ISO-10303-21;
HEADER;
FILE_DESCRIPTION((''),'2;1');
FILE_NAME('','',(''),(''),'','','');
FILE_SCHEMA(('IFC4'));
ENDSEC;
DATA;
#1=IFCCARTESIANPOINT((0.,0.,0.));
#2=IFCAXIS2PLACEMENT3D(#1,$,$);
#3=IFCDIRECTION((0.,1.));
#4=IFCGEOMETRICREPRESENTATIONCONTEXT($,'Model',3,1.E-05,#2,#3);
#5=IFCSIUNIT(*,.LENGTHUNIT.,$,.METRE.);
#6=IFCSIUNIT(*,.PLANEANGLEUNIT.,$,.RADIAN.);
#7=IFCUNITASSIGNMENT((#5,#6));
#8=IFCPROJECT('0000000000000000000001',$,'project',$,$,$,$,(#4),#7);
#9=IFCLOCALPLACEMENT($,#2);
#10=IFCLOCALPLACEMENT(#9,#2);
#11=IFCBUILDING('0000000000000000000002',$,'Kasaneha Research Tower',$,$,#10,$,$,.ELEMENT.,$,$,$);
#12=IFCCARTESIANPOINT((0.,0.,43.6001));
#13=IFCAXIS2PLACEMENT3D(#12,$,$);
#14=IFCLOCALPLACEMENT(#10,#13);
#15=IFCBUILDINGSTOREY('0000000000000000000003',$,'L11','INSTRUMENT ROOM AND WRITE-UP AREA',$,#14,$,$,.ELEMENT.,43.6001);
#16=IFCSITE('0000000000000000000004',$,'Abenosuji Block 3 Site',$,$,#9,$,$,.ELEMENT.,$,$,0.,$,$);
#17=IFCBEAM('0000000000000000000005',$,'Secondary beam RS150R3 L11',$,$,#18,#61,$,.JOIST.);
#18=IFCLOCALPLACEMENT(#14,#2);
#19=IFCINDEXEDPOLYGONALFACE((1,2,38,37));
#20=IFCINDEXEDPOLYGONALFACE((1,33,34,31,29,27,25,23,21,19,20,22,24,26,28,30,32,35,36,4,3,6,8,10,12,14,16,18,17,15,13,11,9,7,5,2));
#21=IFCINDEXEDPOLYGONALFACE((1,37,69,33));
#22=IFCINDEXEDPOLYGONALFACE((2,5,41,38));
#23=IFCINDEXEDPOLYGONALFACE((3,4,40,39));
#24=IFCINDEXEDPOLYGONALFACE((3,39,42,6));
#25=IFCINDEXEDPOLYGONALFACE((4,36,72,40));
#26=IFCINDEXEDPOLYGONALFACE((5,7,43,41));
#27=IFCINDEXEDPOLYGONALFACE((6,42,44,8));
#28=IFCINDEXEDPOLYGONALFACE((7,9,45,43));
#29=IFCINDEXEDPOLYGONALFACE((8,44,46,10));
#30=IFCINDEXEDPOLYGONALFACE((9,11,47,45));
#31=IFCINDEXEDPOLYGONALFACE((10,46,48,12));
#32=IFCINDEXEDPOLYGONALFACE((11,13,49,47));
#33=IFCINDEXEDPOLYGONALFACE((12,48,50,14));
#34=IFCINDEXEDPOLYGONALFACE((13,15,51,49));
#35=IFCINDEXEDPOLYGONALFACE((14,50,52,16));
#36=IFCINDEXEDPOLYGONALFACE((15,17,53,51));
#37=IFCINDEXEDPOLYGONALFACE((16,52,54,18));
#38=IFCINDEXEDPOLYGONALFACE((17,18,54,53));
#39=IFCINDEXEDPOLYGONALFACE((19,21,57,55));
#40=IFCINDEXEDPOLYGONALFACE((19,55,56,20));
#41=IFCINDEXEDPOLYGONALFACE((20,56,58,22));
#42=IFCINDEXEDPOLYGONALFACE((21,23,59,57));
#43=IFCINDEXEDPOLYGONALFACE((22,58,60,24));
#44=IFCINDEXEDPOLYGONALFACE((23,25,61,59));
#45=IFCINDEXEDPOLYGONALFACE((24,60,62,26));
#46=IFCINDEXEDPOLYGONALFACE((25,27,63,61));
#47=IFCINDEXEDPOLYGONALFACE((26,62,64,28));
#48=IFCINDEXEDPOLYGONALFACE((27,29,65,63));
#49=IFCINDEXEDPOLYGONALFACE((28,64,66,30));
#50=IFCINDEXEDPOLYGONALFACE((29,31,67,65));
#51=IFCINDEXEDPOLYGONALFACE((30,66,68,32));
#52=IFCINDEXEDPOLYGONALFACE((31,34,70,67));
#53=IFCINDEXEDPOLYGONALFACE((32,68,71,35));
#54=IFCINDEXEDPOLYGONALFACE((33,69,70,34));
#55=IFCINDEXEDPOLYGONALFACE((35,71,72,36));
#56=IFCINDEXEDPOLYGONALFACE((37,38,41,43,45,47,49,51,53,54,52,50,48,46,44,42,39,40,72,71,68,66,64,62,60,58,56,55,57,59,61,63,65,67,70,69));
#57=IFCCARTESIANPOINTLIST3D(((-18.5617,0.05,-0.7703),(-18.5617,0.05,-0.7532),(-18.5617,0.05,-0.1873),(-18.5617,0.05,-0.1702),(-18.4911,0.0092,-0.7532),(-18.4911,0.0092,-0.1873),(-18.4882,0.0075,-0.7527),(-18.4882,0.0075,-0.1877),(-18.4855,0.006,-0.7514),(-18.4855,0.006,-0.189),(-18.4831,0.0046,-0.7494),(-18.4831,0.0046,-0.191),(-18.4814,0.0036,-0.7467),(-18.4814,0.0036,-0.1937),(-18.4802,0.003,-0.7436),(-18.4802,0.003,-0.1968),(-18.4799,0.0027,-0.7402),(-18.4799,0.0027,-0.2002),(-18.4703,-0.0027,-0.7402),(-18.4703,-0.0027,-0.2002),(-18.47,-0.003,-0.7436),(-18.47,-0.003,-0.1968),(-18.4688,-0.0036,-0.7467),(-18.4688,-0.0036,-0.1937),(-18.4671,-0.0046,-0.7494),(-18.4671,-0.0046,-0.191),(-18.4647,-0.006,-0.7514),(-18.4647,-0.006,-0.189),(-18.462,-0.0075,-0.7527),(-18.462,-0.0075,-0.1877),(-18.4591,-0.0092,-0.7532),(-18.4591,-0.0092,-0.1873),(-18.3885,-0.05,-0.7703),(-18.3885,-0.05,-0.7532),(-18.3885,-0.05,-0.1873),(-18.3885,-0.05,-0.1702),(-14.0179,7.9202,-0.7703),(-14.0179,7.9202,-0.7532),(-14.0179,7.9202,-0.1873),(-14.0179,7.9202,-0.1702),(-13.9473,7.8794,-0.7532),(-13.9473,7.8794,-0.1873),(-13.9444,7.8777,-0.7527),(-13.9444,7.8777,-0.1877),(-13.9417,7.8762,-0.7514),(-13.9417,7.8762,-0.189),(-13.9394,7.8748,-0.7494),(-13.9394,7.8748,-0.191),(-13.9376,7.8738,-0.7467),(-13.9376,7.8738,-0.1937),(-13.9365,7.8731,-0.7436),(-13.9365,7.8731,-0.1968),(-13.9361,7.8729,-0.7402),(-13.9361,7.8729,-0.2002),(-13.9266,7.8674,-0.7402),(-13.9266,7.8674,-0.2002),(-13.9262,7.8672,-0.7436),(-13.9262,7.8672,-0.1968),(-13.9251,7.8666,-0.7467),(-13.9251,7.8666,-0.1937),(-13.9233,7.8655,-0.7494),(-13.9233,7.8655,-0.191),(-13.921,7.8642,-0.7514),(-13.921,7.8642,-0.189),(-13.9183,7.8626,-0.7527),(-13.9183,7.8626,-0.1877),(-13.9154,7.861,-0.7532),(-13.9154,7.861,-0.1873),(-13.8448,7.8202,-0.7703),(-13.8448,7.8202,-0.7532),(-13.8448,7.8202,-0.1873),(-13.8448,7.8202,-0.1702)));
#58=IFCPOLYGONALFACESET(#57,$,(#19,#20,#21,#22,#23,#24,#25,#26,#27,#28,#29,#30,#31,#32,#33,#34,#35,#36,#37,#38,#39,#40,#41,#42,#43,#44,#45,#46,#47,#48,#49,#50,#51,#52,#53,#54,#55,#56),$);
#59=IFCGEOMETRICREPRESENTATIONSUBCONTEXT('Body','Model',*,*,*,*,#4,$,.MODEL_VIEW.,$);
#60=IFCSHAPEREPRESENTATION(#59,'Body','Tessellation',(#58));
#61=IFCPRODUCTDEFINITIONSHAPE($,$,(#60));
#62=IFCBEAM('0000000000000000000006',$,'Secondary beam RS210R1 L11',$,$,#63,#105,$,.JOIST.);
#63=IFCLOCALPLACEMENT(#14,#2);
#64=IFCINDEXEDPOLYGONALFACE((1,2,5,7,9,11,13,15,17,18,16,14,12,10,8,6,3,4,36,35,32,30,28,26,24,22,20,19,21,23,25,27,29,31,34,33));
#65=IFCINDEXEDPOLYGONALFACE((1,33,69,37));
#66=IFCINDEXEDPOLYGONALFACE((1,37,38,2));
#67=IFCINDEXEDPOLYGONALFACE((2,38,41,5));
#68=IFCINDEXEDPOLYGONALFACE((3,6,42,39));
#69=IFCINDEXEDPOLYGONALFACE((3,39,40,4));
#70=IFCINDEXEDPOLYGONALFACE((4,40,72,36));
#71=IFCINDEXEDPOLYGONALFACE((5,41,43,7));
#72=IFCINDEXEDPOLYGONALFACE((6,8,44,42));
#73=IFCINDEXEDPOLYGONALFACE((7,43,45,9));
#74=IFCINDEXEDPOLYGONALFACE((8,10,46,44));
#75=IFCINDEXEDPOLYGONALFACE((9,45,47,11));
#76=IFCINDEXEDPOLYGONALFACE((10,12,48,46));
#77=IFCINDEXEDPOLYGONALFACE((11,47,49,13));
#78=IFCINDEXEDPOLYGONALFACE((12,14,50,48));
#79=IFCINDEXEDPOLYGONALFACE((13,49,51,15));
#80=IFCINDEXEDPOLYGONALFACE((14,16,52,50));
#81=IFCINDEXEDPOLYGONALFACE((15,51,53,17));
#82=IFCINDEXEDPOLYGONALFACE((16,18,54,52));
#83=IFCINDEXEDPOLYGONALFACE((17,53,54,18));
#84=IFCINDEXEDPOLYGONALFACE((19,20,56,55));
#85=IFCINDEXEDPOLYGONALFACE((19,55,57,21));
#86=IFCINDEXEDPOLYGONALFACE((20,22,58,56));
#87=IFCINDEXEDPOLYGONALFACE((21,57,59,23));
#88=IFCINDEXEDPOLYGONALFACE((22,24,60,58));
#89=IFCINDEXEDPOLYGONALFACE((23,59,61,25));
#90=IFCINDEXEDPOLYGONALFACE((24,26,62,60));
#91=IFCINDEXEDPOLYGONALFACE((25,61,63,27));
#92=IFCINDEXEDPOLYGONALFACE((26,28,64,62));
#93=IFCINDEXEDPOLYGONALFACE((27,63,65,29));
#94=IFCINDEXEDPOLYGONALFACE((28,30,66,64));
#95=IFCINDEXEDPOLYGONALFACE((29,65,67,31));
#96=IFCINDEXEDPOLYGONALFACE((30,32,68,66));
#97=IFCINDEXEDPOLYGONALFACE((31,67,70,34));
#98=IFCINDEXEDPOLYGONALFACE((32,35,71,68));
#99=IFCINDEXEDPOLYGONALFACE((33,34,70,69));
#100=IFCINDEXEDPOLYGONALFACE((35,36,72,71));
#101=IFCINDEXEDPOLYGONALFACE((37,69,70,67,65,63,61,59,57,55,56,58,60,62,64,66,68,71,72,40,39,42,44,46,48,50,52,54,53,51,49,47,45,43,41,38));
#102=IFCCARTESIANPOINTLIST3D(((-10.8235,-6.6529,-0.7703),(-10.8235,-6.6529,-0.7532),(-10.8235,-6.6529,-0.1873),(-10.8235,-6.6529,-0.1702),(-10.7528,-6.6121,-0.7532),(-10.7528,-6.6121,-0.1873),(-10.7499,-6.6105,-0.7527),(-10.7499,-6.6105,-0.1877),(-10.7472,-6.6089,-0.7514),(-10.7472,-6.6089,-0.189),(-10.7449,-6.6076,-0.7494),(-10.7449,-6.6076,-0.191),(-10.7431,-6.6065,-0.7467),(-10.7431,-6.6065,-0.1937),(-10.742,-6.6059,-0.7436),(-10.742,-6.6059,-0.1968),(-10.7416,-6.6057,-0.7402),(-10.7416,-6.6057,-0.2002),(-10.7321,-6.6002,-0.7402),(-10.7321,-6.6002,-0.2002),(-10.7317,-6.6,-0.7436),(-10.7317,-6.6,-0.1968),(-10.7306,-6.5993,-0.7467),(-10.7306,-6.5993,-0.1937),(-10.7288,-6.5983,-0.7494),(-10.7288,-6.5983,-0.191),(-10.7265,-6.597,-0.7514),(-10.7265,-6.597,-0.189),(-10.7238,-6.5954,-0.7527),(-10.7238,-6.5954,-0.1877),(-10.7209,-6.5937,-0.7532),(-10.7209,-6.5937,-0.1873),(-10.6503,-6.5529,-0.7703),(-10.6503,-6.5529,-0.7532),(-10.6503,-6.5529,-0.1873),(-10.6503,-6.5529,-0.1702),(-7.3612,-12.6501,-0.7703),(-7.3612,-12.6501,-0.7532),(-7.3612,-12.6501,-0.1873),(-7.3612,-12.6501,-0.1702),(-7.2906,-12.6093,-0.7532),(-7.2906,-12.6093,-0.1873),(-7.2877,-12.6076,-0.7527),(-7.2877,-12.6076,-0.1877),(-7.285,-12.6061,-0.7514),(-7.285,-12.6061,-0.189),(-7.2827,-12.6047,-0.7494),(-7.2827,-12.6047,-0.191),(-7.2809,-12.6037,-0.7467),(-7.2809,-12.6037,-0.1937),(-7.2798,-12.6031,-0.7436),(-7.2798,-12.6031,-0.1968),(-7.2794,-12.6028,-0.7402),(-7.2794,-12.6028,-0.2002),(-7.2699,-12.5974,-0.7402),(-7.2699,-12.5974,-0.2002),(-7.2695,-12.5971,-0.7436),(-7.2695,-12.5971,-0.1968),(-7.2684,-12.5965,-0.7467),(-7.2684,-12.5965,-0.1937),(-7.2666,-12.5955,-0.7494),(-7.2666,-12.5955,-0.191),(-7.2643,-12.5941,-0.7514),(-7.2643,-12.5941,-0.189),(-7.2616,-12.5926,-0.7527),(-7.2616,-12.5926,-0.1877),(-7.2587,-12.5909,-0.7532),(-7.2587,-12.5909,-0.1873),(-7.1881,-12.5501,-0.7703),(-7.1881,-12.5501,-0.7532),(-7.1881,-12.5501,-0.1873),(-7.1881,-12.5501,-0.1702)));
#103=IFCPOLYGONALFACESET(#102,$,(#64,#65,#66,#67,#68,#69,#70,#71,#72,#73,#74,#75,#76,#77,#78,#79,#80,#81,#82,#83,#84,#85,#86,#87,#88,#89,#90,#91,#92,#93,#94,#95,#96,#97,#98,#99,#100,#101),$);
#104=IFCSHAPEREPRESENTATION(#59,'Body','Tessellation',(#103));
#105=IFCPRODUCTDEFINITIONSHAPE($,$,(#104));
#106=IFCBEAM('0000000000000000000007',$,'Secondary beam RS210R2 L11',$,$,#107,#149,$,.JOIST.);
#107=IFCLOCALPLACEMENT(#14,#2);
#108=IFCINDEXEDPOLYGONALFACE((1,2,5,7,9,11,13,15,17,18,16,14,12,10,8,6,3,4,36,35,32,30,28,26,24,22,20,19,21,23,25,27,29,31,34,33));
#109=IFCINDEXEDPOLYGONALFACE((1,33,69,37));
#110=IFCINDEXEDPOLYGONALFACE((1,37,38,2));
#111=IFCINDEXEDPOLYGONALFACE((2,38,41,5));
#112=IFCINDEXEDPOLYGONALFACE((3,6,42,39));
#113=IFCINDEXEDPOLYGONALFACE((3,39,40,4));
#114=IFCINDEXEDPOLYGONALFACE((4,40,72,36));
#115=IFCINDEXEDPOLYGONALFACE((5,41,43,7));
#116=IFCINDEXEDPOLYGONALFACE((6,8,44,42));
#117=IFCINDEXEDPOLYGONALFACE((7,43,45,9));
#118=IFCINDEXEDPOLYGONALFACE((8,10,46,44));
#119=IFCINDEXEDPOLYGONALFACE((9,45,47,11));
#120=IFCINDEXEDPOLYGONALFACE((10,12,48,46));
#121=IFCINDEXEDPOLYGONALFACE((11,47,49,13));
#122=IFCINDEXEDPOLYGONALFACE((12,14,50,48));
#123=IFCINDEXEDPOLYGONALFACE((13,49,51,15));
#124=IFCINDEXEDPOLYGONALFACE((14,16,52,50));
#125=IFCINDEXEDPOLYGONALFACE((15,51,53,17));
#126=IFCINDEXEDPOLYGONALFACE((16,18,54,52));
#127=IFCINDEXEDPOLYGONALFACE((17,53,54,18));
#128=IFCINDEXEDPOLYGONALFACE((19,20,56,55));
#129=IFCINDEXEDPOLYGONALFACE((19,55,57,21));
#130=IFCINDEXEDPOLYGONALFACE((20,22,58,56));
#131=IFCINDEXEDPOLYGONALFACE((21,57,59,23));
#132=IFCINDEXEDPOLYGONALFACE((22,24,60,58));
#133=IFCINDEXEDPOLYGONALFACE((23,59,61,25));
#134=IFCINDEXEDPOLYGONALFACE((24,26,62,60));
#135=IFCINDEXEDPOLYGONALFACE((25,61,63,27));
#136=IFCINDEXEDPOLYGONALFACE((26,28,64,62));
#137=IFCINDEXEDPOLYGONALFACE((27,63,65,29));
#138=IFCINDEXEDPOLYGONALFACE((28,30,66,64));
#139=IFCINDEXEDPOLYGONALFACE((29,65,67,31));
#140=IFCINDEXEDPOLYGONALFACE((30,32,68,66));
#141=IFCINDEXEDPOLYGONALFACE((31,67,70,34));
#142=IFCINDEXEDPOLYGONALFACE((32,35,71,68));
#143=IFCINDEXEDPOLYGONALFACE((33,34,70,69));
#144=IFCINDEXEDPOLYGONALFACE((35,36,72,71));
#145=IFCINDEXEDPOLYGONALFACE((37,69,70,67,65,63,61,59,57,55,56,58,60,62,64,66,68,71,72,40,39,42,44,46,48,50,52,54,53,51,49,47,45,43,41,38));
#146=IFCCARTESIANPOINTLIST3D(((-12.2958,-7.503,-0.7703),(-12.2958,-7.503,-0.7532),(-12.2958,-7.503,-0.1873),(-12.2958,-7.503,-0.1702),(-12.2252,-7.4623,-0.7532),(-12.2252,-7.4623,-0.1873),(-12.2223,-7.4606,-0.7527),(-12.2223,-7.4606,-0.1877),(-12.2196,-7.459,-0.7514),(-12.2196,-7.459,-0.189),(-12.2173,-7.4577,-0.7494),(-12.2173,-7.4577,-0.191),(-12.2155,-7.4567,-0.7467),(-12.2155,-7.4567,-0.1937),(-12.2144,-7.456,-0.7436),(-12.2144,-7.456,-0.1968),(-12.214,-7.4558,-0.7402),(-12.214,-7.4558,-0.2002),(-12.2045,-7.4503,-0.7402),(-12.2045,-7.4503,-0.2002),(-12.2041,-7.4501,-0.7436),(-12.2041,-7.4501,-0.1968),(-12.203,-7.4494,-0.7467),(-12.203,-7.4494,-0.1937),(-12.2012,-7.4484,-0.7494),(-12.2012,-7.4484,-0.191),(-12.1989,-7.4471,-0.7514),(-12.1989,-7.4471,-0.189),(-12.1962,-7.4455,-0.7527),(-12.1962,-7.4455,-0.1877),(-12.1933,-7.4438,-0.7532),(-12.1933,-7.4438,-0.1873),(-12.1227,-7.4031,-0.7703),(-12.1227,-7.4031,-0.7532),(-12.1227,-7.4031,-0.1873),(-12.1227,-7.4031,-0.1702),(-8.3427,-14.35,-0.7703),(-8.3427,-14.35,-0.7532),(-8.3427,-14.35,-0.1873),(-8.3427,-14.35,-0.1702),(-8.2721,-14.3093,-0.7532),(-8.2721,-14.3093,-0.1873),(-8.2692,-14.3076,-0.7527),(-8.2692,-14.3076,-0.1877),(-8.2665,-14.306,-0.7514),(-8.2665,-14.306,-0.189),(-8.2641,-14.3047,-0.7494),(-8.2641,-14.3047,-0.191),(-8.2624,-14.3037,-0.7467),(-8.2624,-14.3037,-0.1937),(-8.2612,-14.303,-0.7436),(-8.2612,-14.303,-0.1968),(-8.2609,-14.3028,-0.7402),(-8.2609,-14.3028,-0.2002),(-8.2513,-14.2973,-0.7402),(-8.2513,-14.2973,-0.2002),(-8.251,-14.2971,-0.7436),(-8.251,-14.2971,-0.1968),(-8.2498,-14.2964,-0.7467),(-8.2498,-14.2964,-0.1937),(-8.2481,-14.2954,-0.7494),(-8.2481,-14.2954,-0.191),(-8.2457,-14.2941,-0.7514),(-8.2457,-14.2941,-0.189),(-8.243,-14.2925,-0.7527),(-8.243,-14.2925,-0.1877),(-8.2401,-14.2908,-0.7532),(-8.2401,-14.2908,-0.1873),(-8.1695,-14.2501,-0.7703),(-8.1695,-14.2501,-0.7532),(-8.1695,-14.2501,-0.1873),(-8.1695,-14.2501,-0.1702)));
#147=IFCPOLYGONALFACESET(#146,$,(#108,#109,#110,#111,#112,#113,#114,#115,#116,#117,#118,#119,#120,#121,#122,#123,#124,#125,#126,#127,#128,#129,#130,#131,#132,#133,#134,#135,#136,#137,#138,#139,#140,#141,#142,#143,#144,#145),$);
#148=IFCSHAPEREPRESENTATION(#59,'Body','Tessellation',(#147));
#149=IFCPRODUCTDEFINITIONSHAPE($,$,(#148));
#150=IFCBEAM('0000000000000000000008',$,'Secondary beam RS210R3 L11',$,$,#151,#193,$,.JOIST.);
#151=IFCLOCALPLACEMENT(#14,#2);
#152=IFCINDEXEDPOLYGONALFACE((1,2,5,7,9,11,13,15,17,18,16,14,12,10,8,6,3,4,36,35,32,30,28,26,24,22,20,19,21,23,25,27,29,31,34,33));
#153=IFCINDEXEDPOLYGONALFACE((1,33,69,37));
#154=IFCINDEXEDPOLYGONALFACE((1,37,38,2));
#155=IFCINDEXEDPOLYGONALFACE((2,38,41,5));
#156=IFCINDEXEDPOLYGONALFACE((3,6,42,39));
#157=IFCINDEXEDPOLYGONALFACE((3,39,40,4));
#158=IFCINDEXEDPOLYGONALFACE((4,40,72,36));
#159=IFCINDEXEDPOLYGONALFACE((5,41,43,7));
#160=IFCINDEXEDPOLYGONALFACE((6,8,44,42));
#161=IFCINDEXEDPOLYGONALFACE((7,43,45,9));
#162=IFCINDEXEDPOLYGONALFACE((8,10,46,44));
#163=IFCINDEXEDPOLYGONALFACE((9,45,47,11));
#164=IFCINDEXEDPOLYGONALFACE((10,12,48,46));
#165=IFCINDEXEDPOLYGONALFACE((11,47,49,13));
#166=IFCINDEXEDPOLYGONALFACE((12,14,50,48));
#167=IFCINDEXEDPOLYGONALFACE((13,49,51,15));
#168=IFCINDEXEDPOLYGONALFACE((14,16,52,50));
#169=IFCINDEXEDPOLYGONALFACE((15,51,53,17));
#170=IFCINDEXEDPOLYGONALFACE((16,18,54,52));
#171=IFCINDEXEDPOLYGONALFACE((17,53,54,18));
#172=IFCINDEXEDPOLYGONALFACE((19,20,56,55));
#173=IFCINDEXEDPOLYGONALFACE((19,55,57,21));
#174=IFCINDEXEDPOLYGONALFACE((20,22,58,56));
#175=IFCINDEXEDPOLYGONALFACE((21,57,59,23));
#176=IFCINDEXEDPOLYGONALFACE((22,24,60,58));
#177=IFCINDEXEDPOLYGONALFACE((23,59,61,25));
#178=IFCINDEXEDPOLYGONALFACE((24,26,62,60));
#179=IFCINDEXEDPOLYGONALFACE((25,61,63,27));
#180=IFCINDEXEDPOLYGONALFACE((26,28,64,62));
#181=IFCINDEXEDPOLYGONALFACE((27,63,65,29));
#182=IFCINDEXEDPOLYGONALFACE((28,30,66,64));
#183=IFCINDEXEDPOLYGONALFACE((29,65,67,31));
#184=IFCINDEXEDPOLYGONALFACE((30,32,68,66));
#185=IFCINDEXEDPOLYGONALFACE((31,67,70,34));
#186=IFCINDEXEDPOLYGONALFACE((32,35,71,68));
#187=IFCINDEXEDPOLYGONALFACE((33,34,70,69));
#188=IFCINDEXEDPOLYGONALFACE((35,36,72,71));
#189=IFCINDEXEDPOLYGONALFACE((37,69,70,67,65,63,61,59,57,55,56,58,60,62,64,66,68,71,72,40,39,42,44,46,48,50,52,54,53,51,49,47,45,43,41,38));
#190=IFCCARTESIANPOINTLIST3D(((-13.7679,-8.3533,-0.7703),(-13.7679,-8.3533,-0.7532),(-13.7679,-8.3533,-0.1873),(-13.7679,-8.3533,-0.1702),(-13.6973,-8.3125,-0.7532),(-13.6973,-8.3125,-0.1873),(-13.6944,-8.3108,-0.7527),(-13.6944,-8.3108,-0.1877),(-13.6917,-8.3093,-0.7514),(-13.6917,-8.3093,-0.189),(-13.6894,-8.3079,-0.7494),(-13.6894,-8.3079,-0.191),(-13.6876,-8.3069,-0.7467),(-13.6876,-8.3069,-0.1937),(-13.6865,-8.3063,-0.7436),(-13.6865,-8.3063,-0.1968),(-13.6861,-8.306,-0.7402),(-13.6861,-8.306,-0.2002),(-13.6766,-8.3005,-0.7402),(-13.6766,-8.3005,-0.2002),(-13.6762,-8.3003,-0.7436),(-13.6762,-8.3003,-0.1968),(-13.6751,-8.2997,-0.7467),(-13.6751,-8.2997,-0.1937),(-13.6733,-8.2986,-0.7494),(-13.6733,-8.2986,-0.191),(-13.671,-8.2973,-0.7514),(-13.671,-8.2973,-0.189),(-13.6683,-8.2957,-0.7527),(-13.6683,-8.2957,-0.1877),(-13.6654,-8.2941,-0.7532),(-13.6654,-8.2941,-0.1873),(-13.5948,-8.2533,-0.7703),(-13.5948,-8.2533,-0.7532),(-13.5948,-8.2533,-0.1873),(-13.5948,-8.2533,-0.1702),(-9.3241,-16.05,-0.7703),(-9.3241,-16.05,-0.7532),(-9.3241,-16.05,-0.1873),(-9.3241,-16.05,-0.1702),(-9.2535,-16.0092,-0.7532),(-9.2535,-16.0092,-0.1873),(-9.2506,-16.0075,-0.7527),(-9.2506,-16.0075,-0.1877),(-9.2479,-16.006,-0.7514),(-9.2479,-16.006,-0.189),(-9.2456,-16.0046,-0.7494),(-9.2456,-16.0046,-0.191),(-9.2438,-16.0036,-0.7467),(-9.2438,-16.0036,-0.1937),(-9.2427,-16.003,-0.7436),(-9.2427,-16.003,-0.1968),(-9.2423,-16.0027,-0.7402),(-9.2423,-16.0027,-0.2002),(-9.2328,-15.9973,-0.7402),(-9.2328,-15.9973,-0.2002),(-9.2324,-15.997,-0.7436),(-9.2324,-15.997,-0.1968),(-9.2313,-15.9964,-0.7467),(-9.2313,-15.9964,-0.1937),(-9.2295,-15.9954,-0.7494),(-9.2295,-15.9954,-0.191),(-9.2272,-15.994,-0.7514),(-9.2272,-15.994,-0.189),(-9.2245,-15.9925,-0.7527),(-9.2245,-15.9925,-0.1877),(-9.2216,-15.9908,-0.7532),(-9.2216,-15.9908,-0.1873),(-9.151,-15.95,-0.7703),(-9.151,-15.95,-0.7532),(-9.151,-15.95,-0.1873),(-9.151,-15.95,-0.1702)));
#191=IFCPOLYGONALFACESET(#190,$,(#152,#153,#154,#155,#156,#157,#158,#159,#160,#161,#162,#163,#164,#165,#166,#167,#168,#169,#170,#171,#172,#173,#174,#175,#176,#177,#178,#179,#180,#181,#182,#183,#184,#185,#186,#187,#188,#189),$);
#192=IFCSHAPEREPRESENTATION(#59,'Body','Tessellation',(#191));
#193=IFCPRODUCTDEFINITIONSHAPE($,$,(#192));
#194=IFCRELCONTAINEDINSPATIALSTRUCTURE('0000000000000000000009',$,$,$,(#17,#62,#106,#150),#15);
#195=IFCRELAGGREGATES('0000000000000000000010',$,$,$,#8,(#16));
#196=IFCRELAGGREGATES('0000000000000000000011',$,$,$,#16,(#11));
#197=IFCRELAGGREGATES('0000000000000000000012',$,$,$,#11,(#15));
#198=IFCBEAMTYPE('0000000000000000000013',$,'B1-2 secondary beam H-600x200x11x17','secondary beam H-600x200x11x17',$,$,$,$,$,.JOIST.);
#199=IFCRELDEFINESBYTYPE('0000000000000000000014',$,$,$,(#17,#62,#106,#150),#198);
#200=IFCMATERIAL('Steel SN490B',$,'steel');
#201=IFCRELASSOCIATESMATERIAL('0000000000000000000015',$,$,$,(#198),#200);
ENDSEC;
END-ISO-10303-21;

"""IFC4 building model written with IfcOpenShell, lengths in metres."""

from ifc_helpers import new_model, si_unit, direction, frame, origin, origin_2d, place, context, subcontext, project, spatial, i_section, extrude, material, material_profile, profile_set, type_object, element, save


model = new_model("IFC4")

# Units and contexts
model_context = context("Model", 3, precision=1e-05, world=origin(), true_north=direction((0.0, 1.0)))
body_context = subcontext(model_context, "Body", "Model", "MODEL_VIEW")
ifc_project = project(units=[si_unit("LENGTHUNIT", "METRE"), si_unit("PLANEANGLEUNIT", "RADIAN")], contexts=[model_context])

# Site, building, storey
site_placement = place(None, origin())
site = spatial("IfcSite", under=ifc_project, at=site_placement, Name="Abenosuji Block 3 Site", CompositionType="ELEMENT", RefElevation=0.0)
building_placement = place(site_placement, origin())
building = spatial("IfcBuilding", under=site, at=building_placement, Name="Kasaneha Research Tower", CompositionType="ELEMENT")
storey_placement = place(building_placement, frame((0.0, 0.0, 43.6001)))
storey = spatial("IfcBuildingStorey", under=building, at=storey_placement, Name="L11", Description="INSTRUMENT ROOM AND WRITE-UP AREA", CompositionType="ELEMENT", Elevation=43.6001)

# Beams
ifc_material_1 = material(Name="Steel SN490B", Category="steel")
ifc_material_profile_1 = material_profile(ifc_material_1, i_section(OverallWidth=0.2, OverallDepth=0.6001, WebThickness=0.011, FlangeThickness=0.0171, FilletRadius=0.0129, at=origin_2d()), Name="H-600x200x11x17")
ifc_profile_set_1 = profile_set([ifc_material_profile_1], Name="Steel SN490B")
beam_type_1 = type_object("IfcBeamType", Name="B1-2 secondary beam H-600x200x11x17", Description="secondary beam H-600x200x11x17", PredefinedType="JOIST", material=ifc_profile_set_1)
beam_1_placement = place(storey_placement, frame((-18.4751, 0.0, -0.4702), z_axis=(0.499991, 0.866031, 0.0), x_axis=(-0.866031, 0.499991, 0.0)))
element("IfcBeam", 1, at=beam_1_placement, inside=storey, type_object=beam_type_1, Name="Secondary beam RS150R3 L11", PredefinedType="JOIST", context=body_context, shape_type="SweptSolid", body=[
    extrude(i_section(OverallWidth=0.2, OverallDepth=0.6001, WebThickness=0.011, FlangeThickness=0.0171, FilletRadius=0.0129, at=origin_2d()), origin(), (0.0, 0.0, 1.0), 9.0876),
])
beam_2_placement = place(storey_placement, frame((-7.2747, -12.6001, -0.4702), z_axis=(-0.499973, 0.866041, 0.0), x_axis=(-0.866041, -0.499973, 0.0)))
element("IfcBeam", 2, at=beam_2_placement, inside=storey, type_object=beam_type_1, Name="Secondary beam RS210R1 L11", PredefinedType="JOIST", context=body_context, shape_type="SweptSolid", body=[
    extrude(i_section(OverallWidth=0.2, OverallDepth=0.6001, WebThickness=0.011, FlangeThickness=0.0171, FilletRadius=0.0129, at=origin_2d()), origin(), (0.0, 0.0, 1.0), 6.9248),
])
beam_3_placement = place(storey_placement, frame((-8.2561, -14.3, -0.4702), z_axis=(-0.500005, 0.866023, 0.0), x_axis=(-0.866023, -0.500005, 0.0)))
element("IfcBeam", 3, at=beam_3_placement, inside=storey, type_object=beam_type_1, Name="Secondary beam RS210R2 L11", PredefinedType="JOIST", context=body_context, shape_type="SweptSolid", body=[
    extrude(i_section(OverallWidth=0.2, OverallDepth=0.6001, WebThickness=0.011, FlangeThickness=0.0171, FilletRadius=0.0129, at=origin_2d()), origin(), (0.0, 0.0, 1.0), 7.9062),
])
beam_4_placement = place(storey_placement, frame((-9.2375, -16.0, -0.4702), z_axis=(-0.500009, 0.86602, 0.0), x_axis=(-0.86602, -0.500009, 0.0)))
element("IfcBeam", 4, at=beam_4_placement, inside=storey, type_object=beam_type_1, Name="Secondary beam RS210R3 L11", PredefinedType="JOIST", context=body_context, shape_type="SweptSolid", body=[
    extrude(i_section(OverallWidth=0.2, OverallDepth=0.6001, WebThickness=0.011, FlangeThickness=0.0171, FilletRadius=0.0129, at=origin_2d()), origin(), (0.0, 0.0, 1.0), 8.8875),
])

save(model, "model.ifc")
